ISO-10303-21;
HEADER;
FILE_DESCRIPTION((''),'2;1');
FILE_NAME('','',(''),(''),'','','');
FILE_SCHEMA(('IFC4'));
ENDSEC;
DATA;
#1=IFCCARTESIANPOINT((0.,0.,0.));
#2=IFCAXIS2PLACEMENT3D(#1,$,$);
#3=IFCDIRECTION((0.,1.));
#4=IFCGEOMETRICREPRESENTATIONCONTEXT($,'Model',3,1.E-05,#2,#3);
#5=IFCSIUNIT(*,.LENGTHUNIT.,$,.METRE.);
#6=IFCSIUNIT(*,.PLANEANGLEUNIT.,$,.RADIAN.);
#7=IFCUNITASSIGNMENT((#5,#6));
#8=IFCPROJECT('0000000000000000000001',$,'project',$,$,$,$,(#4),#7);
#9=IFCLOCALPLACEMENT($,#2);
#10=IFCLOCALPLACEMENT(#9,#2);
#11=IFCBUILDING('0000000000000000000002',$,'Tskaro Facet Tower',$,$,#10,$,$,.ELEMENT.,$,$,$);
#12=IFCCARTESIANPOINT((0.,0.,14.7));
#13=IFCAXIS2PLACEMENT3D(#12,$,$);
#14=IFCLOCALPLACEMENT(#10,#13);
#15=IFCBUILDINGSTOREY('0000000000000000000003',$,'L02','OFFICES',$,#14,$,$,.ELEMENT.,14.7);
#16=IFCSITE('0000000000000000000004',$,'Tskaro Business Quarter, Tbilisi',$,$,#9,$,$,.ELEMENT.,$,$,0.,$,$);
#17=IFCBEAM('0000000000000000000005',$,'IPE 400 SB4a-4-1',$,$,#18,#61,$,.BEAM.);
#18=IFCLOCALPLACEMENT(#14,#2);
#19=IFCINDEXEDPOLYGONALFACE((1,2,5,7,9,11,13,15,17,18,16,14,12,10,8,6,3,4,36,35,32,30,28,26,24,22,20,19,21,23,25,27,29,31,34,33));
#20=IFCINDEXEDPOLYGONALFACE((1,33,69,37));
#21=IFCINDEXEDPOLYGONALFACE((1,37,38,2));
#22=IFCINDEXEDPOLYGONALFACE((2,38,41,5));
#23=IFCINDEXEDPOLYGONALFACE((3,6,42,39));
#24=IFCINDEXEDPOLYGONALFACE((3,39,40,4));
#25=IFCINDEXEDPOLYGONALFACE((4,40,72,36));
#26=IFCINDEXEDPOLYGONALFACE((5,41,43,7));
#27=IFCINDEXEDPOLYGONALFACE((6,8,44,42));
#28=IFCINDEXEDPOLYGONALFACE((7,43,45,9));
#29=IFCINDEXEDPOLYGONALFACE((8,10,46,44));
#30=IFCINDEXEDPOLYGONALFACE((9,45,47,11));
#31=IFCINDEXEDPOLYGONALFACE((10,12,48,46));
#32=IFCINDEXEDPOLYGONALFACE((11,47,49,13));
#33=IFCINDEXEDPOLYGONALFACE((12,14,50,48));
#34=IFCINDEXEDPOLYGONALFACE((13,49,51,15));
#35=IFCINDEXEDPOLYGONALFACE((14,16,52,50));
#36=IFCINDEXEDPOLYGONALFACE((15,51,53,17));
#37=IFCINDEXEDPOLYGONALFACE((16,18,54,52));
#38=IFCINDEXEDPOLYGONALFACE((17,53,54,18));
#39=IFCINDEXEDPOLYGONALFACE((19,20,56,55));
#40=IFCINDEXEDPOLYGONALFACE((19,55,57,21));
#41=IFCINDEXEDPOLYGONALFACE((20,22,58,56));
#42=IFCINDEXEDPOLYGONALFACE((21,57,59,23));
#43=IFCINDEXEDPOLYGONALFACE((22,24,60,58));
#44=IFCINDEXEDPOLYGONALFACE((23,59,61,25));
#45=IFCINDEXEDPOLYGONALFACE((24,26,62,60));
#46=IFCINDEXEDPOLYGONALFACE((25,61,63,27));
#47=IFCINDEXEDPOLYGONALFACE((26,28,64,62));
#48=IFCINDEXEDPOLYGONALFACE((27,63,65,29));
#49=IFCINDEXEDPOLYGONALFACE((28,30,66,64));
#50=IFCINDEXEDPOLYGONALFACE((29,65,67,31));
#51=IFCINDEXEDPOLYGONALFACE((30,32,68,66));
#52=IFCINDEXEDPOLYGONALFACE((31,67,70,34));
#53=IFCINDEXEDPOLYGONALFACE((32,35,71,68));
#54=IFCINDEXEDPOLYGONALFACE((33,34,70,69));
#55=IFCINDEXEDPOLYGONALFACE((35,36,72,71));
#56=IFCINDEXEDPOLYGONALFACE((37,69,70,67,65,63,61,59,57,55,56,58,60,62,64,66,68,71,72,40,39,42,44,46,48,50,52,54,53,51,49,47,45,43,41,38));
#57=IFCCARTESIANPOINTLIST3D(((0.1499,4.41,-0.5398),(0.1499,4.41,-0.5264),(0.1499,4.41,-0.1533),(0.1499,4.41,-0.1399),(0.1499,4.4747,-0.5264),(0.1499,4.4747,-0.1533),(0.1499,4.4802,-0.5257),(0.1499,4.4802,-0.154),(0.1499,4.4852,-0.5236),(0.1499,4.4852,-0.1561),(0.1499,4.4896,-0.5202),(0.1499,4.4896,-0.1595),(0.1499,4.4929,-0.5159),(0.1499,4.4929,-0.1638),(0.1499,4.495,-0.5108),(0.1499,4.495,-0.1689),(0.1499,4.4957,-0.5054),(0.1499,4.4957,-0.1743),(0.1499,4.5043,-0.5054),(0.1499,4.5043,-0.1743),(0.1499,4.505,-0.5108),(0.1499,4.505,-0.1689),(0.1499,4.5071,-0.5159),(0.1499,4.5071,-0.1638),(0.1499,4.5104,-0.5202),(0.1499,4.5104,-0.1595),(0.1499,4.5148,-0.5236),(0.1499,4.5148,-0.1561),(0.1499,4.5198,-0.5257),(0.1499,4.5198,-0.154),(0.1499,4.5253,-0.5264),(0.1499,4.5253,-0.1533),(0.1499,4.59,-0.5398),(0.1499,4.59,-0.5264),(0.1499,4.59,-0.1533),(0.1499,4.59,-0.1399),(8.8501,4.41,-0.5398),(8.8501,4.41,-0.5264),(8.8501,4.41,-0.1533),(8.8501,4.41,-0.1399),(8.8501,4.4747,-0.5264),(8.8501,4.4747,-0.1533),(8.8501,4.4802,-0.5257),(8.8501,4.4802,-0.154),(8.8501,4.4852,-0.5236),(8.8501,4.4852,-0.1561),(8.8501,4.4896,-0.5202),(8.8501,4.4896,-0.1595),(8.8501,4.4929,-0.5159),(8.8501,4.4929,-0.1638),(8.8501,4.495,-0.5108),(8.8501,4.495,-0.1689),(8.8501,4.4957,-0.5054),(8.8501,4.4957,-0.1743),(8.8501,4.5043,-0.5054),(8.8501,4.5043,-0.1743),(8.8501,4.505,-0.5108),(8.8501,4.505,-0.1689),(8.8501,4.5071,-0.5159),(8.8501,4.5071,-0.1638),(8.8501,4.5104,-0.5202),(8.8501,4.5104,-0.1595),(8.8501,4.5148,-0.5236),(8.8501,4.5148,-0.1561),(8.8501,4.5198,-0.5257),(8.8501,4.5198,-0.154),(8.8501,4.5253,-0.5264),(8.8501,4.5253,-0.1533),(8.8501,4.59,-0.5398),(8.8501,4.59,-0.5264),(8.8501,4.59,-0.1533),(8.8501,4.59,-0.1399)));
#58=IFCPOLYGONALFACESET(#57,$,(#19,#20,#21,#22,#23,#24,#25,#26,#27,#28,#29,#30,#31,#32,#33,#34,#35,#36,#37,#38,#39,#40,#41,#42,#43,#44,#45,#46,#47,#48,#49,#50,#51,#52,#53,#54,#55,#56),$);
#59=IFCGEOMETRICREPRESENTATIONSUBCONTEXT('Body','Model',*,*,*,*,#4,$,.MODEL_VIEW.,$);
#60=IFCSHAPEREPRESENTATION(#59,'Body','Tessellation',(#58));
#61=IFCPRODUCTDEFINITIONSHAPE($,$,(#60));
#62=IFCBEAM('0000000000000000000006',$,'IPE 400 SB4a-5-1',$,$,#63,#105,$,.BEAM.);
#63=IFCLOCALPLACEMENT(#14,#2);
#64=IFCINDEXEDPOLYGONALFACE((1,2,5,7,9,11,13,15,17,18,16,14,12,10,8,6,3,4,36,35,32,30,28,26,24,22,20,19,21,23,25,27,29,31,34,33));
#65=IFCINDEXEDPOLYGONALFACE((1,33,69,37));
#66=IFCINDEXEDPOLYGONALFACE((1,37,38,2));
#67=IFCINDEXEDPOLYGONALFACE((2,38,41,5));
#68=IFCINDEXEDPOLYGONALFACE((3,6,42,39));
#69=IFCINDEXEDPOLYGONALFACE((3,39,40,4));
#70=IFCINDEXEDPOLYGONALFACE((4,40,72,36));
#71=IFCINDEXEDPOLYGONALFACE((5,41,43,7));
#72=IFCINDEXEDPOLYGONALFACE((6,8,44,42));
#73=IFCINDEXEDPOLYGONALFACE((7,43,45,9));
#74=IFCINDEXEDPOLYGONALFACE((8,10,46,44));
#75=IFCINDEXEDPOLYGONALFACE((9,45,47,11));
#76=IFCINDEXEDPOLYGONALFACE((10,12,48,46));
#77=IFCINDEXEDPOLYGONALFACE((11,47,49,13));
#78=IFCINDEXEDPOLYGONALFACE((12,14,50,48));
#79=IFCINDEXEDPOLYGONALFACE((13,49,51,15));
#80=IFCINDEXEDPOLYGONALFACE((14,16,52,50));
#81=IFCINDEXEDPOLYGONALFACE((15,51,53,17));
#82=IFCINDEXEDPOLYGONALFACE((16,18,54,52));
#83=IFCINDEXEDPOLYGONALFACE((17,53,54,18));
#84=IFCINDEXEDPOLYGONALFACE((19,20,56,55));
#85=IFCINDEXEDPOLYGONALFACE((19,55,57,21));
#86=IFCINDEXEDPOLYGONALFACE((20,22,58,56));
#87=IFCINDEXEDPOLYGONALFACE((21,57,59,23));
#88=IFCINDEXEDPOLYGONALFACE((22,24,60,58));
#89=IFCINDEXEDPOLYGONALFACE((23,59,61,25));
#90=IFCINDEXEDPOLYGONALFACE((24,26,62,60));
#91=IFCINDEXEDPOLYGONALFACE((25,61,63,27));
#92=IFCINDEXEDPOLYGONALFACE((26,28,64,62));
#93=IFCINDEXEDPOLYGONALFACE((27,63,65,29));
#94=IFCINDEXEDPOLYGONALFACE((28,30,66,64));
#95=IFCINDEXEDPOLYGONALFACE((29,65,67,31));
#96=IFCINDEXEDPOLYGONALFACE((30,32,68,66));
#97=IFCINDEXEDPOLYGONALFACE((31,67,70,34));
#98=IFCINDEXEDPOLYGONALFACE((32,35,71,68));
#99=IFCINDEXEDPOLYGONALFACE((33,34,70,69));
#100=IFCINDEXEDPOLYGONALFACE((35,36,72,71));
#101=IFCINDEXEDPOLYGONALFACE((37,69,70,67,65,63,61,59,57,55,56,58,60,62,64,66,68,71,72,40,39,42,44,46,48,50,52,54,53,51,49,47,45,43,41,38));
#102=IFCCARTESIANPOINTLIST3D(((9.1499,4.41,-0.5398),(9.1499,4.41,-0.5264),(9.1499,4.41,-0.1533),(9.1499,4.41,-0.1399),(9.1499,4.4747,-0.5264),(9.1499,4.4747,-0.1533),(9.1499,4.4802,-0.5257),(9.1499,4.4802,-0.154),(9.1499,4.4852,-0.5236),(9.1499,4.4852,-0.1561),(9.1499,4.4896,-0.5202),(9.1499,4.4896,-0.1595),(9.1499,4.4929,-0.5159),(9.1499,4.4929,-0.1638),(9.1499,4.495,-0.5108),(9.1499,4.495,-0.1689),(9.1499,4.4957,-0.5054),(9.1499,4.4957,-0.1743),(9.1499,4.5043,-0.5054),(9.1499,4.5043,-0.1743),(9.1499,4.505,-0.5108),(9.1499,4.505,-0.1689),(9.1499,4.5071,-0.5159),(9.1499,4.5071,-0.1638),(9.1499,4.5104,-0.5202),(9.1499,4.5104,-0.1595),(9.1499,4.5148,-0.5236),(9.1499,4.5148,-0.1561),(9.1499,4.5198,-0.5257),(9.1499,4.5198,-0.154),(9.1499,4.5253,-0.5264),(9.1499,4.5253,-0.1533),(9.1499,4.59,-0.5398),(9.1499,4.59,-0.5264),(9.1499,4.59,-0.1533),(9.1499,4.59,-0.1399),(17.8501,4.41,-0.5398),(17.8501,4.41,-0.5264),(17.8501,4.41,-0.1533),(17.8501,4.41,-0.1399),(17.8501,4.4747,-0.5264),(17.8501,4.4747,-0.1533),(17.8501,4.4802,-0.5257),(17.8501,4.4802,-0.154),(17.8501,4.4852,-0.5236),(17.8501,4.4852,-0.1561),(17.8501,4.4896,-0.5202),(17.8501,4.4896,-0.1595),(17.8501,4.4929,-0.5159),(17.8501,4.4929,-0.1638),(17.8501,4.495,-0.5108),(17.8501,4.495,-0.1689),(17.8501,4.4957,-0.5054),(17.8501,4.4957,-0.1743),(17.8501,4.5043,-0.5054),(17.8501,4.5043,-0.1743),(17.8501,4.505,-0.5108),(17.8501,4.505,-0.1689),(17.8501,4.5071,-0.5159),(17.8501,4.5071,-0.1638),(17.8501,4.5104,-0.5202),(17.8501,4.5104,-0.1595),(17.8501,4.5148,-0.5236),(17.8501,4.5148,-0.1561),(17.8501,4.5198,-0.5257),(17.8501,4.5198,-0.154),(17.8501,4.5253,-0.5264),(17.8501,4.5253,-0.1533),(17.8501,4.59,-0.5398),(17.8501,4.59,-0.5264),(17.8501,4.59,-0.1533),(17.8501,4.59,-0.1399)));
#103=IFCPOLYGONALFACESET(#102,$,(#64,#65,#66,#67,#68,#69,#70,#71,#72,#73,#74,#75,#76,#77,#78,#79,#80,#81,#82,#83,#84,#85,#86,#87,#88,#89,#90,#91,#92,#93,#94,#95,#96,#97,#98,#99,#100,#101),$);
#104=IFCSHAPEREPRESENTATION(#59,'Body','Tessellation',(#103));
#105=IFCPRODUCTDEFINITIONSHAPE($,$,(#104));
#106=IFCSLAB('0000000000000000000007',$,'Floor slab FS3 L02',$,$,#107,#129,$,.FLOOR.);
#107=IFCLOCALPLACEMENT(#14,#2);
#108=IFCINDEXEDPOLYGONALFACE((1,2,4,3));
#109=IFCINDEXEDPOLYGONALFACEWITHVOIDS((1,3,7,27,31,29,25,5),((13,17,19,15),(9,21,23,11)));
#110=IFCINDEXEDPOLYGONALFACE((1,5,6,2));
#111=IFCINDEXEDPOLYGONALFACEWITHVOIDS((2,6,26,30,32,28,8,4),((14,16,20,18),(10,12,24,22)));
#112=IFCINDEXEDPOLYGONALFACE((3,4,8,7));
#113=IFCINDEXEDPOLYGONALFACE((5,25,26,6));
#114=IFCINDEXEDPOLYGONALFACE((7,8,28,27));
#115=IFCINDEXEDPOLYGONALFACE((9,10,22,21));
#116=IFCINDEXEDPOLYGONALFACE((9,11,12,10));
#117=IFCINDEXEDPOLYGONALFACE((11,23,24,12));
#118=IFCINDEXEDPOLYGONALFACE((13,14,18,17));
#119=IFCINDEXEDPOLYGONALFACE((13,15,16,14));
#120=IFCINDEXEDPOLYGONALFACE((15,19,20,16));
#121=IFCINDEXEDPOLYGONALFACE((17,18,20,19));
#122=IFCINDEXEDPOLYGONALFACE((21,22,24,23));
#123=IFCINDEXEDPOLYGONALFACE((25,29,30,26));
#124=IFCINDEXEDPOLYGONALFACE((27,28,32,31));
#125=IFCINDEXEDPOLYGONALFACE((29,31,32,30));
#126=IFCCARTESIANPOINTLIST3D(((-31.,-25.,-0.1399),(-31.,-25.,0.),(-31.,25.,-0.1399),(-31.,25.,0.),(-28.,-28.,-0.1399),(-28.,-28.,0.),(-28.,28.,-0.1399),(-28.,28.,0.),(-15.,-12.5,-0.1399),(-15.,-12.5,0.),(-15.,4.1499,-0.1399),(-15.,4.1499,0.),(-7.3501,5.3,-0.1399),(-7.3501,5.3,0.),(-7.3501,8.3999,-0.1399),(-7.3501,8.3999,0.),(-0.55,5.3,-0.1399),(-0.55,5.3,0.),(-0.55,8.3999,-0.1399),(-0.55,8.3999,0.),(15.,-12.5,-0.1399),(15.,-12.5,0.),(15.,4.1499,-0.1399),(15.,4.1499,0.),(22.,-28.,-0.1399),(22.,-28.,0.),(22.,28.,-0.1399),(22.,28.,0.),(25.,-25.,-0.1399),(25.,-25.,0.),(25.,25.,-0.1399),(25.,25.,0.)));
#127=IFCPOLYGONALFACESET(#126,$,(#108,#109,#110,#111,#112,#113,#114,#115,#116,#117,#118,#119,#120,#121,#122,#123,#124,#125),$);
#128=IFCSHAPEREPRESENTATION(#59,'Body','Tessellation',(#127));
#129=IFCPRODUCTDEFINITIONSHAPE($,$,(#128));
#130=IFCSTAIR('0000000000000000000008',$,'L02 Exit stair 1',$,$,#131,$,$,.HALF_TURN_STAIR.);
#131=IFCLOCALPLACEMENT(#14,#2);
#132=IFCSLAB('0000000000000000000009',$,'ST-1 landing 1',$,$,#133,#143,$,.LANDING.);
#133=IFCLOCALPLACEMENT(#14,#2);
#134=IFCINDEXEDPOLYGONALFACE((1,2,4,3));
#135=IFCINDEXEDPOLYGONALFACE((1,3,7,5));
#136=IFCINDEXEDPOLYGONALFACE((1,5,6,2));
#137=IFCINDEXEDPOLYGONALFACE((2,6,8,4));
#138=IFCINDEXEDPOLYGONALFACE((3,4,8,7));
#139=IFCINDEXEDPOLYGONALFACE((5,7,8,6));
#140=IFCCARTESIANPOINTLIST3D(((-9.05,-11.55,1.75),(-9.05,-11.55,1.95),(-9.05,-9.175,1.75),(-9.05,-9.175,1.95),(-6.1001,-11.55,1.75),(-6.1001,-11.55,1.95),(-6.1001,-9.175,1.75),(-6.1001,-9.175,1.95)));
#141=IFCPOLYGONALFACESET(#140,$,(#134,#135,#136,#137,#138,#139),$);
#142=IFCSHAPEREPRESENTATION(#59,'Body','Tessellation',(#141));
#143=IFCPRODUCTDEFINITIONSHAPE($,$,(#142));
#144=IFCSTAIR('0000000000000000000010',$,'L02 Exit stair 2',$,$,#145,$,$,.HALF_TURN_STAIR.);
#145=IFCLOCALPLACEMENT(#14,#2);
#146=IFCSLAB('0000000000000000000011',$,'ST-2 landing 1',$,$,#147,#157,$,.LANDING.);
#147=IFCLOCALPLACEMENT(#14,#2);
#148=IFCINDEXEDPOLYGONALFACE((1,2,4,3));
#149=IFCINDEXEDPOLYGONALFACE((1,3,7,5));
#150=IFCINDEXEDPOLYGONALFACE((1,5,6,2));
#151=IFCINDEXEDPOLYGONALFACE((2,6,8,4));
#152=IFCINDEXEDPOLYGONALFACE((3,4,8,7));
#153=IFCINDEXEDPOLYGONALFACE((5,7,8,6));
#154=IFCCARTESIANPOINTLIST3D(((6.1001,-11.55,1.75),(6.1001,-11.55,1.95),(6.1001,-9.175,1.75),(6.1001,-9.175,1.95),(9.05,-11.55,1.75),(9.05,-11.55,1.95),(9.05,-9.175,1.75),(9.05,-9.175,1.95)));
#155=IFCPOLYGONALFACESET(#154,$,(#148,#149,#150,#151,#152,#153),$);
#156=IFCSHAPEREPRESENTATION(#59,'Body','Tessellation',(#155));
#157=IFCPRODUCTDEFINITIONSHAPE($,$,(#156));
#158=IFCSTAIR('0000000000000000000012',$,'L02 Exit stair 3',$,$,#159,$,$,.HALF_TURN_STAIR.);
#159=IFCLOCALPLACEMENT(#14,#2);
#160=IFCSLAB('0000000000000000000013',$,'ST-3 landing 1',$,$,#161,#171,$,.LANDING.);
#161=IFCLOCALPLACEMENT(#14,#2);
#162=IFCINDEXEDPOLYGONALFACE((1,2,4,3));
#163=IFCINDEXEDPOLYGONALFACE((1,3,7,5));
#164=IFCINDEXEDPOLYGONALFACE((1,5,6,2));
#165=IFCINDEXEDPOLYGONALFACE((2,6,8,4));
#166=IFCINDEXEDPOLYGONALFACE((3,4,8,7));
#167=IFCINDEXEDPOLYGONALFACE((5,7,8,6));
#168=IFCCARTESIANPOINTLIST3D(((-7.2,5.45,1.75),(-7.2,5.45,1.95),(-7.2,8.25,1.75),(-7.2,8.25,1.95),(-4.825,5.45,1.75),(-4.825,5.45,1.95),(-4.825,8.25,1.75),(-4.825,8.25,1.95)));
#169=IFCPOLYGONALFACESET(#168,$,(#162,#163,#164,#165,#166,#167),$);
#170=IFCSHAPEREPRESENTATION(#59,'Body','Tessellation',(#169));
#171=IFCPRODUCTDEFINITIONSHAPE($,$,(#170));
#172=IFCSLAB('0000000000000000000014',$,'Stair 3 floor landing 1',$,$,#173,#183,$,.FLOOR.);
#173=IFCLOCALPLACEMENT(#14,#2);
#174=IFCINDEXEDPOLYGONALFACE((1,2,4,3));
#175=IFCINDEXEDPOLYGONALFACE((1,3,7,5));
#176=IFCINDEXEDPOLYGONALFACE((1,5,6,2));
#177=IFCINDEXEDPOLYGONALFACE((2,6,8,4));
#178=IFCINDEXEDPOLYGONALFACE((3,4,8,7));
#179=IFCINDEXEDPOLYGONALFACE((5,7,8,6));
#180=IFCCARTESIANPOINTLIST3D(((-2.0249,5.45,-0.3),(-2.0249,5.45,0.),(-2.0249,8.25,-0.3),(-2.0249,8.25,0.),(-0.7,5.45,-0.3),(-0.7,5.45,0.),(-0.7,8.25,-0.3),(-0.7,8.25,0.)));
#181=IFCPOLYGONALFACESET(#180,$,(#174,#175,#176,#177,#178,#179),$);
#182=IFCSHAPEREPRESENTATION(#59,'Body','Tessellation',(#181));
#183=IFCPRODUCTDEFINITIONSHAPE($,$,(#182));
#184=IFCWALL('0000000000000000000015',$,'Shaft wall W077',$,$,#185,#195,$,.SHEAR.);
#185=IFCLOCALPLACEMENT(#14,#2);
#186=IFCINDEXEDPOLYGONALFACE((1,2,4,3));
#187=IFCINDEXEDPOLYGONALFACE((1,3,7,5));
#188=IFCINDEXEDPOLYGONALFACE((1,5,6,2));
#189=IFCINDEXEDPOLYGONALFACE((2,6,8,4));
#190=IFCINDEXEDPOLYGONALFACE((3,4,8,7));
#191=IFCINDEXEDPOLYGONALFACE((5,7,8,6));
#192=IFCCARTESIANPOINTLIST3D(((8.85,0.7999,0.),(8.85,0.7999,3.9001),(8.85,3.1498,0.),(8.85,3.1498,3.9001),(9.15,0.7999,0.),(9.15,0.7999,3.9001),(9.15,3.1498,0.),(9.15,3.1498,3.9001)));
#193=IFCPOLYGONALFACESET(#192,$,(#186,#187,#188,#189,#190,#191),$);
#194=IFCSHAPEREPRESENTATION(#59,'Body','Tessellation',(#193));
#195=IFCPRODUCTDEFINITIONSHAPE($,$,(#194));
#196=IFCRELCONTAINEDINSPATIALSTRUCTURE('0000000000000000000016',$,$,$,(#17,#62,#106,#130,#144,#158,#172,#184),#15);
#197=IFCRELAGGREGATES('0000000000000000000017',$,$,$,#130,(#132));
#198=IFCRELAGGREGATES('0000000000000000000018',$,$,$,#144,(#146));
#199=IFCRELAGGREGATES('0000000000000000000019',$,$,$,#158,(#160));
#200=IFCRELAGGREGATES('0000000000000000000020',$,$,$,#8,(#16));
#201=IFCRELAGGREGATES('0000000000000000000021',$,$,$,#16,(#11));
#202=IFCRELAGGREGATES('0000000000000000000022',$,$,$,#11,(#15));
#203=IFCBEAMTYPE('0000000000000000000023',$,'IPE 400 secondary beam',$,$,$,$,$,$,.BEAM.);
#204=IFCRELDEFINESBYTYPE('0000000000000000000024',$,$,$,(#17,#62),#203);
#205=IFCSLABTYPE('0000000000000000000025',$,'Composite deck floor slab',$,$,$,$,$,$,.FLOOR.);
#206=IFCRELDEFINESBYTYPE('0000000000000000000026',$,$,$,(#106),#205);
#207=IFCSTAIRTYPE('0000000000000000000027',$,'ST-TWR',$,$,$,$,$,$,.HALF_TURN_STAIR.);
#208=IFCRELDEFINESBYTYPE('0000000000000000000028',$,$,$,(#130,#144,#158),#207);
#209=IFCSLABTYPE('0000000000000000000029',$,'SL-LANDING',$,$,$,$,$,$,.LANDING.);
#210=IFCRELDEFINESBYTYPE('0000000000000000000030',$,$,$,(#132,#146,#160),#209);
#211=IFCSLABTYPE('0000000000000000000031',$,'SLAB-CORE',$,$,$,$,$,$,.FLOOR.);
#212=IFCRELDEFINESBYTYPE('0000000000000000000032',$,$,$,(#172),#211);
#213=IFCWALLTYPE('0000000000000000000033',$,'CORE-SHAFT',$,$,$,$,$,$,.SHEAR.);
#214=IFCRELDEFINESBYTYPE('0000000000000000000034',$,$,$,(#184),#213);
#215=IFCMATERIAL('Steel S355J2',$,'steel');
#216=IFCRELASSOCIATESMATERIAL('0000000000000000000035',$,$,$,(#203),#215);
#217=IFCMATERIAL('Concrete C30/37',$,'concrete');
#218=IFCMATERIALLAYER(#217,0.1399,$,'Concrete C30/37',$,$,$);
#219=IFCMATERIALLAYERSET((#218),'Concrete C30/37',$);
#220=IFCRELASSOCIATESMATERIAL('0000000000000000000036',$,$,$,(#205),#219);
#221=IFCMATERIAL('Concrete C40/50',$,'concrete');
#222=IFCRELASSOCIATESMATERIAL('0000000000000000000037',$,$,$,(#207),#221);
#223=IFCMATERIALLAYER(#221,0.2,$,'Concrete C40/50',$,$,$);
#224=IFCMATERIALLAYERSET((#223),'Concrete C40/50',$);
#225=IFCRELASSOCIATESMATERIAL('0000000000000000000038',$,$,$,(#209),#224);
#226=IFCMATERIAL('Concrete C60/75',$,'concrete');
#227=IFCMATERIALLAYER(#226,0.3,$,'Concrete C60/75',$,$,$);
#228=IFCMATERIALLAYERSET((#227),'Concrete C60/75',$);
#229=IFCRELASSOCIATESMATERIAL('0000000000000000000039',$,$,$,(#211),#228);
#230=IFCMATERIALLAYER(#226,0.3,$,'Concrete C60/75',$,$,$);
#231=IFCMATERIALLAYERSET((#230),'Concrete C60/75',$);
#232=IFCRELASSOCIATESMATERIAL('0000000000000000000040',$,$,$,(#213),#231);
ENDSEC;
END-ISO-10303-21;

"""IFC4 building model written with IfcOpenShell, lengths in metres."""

from ifc_helpers import new_model, si_unit, direction, frame, frame_2d, origin, origin_2d, place, context, subcontext, project, spatial, polyline, rectangle, i_section, outline, extrude, material, layer, layer_set, material_profile, profile_set, type_object, element, aggregate, save


model = new_model("IFC4")

# Units and contexts
model_context = context("Model", 3, precision=1e-05, world=origin(), true_north=direction((0.0, 1.0)))
body_context = subcontext(model_context, "Body", "Model", "MODEL_VIEW")
ifc_project = project(units=[si_unit("LENGTHUNIT", "METRE"), si_unit("PLANEANGLEUNIT", "RADIAN")], contexts=[model_context])

# Site, building, storey
site_placement = place(None, origin())
site = spatial("IfcSite", under=ifc_project, at=site_placement, Name="Tskaro Business Quarter, Tbilisi", CompositionType="ELEMENT", RefElevation=0.0)
building_placement = place(site_placement, origin())
building = spatial("IfcBuilding", under=site, at=building_placement, Name="Tskaro Facet Tower", CompositionType="ELEMENT")
storey_placement = place(building_placement, frame((0.0, 0.0, 14.7)))
storey = spatial("IfcBuildingStorey", under=building, at=storey_placement, Name="L02", Description="OFFICES", CompositionType="ELEMENT", Elevation=14.7)

# Beams
ifc_material_1 = material(Name="Steel S355J2", Category="steel")
ifc_material_profile_1 = material_profile(ifc_material_1, i_section(OverallWidth=0.1799, OverallDepth=0.3999, WebThickness=0.0085, FlangeThickness=0.0134, FilletRadius=0.021, at=origin_2d()), Name="IPE 400")
ifc_profile_set_1 = profile_set([ifc_material_profile_1], Name="Steel S355J2")
beam_type_1 = type_object("IfcBeamType", Name="IPE 400 secondary beam", PredefinedType="BEAM", material=ifc_profile_set_1)
for number, where, z_axis, x_axis, name in (
    (1, (0.1499, 4.5, -0.3398), (1.0, 0.0, 0.0), (0.0, 1.0, 0.0), "IPE 400 SB4a-4-1"),
    (2, (9.1499, 4.5, -0.3398), (1.0, 0.0, 0.0), (0.0, 1.0, 0.0), "IPE 400 SB4a-5-1"),
):
    element("IfcBeam", number, at=place(storey_placement, frame(where, z_axis=z_axis, x_axis=x_axis)), inside=storey, type_object=beam_type_1, Name=name, PredefinedType="BEAM", context=body_context, shape_type="SweptSolid", body=[
        extrude(i_section(OverallWidth=0.1799, OverallDepth=0.3999, WebThickness=0.0085, FlangeThickness=0.0134, FilletRadius=0.021, at=origin_2d()), origin(), (0.0, 0.0, 1.0), 8.7002),
    ])

# Slab
ifc_material_2 = material(Name="Concrete C30/37", Category="concrete")
ifc_layer_1 = layer(ifc_material_2, 0.1399, Name="Concrete C30/37")
ifc_layer_set_1 = layer_set([ifc_layer_1], Name="Concrete C30/37")
slab_type_1 = type_object("IfcSlabType", Name="Composite deck floor slab", PredefinedType="FLOOR", material=ifc_layer_set_1)
slab_1_placement = place(storey_placement, frame((0.0, 0.0, -0.1399)))
element("IfcSlab", 3, at=slab_1_placement, inside=storey, type_object=slab_type_1, Name="Floor slab FS3 L02", PredefinedType="FLOOR", context=body_context, shape_type="SweptSolid", body=[
    extrude(outline(polyline([(-28.0, -28.0), (22.0, -28.0), (25.0, -25.0), (25.0, 25.0), (22.0, 28.0), (-28.0, 28.0), (-31.0, 25.0), (-31.0, -25.0), (-28.0, -28.0)]), holes=[polyline([(-15.0, -12.5), (15.0, -12.5), (15.0, 4.1499), (-15.0, 4.1499), (-15.0, -12.5)]), polyline([(-7.3501, 5.3), (-0.55, 5.3), (-0.55, 8.3999), (-7.3501, 8.3999), (-7.3501, 5.3)])]), origin(), (0.0, 0.0, 1.0), 0.1399),
])

# Stairs, slabs
ifc_material_3 = material(Name="Concrete C40/50", Category="concrete")
stair_type = type_object("IfcStairType", Name="ST-TWR", PredefinedType="HALF_TURN_STAIR", material=ifc_material_3)
stair_1_placement = place(storey_placement, origin())
stair_1 = element("IfcStair", 4, at=stair_1_placement, inside=storey, type_object=stair_type, Name="L02 Exit stair 1", PredefinedType="HALF_TURN_STAIR")
ifc_layer_2 = layer(ifc_material_3, 0.2, Name="Concrete C40/50")
ifc_layer_set_2 = layer_set([ifc_layer_2], Name="Concrete C40/50")
slab_type_2 = type_object("IfcSlabType", Name="SL-LANDING", PredefinedType="LANDING", material=ifc_layer_set_2)
slab_2_placement = place(storey_placement, frame((0.0, 0.0, 1.75)))
slab_2 = element("IfcSlab", 5, at=slab_2_placement, type_object=slab_type_2, Name="ST-1 landing 1", PredefinedType="LANDING", context=body_context, shape_type="SweptSolid", body=[
    extrude(outline(polyline([(-9.05, -11.55), (-6.1001, -11.55), (-6.1001, -9.175), (-9.05, -9.175), (-9.05, -11.55)])), origin(), (0.0, 0.0, 1.0), 0.2),
])
aggregate(stair_1, [slab_2])
stair_2_placement = place(storey_placement, origin())
stair_2 = element("IfcStair", 6, at=stair_2_placement, inside=storey, type_object=stair_type, Name="L02 Exit stair 2", PredefinedType="HALF_TURN_STAIR")
slab_3_placement = place(storey_placement, frame((0.0, 0.0, 1.75)))
slab_3 = element("IfcSlab", 7, at=slab_3_placement, type_object=slab_type_2, Name="ST-2 landing 1", PredefinedType="LANDING", context=body_context, shape_type="SweptSolid", body=[
    extrude(outline(polyline([(6.1001, -11.55), (9.05, -11.55), (9.05, -9.175), (6.1001, -9.175), (6.1001, -11.55)])), origin(), (0.0, 0.0, 1.0), 0.2),
])
aggregate(stair_2, [slab_3])
stair_3_placement = place(storey_placement, origin())
stair_3 = element("IfcStair", 8, at=stair_3_placement, inside=storey, type_object=stair_type, Name="L02 Exit stair 3", PredefinedType="HALF_TURN_STAIR")
slab_4_placement = place(storey_placement, frame((0.0, 0.0, 1.75)))
slab_4 = element("IfcSlab", 9, at=slab_4_placement, type_object=slab_type_2, Name="ST-3 landing 1", PredefinedType="LANDING", context=body_context, shape_type="SweptSolid", body=[
    extrude(outline(polyline([(-7.2, 5.45), (-4.825, 5.45), (-4.825, 8.25), (-7.2, 8.25), (-7.2, 5.45)])), origin(), (0.0, 0.0, 1.0), 0.2),
])
aggregate(stair_3, [slab_4])

# Slab
ifc_material_4 = material(Name="Concrete C60/75", Category="concrete")
ifc_layer_3 = layer(ifc_material_4, 0.3, Name="Concrete C60/75")
ifc_layer_set_3 = layer_set([ifc_layer_3], Name="Concrete C60/75")
slab_type_3 = type_object("IfcSlabType", Name="SLAB-CORE", PredefinedType="FLOOR", material=ifc_layer_set_3)
slab_5_placement = place(storey_placement, frame((0.0, 0.0, -0.3)))
element("IfcSlab", 10, at=slab_5_placement, inside=storey, type_object=slab_type_3, Name="Stair 3 floor landing 1", PredefinedType="FLOOR", context=body_context, shape_type="SweptSolid", body=[
    extrude(outline(polyline([(-2.0249, 5.45), (-0.7, 5.45), (-0.7, 8.25), (-2.0249, 8.25), (-2.0249, 5.45)])), origin(), (0.0, 0.0, 1.0), 0.3),
])

# Wall
ifc_layer_4 = layer(ifc_material_4, 0.3, Name="Concrete C60/75")
ifc_layer_set_4 = layer_set([ifc_layer_4], Name="Concrete C60/75")
wall_type_1 = type_object("IfcWallType", Name="CORE-SHAFT", PredefinedType="SHEAR", material=ifc_layer_set_4)
wall_1_placement = place(storey_placement, frame((9.0, 0.8, 0.0), z_axis=(0.0, 0.0, 1.0), x_axis=(0.0, 1.0, 0.0)))
element("IfcWall", 11, at=wall_1_placement, inside=storey, type_object=wall_type_1, Name="Shaft wall W077", PredefinedType="SHEAR", context=body_context, shape_type="SweptSolid", body=[
    extrude(rectangle(XDim=2.3499, YDim=0.3, at=frame_2d((1.1748, 0.0))), origin(), (0.0, 0.0, 1.0), 3.9001),
])

save(model, "model.ifc")
